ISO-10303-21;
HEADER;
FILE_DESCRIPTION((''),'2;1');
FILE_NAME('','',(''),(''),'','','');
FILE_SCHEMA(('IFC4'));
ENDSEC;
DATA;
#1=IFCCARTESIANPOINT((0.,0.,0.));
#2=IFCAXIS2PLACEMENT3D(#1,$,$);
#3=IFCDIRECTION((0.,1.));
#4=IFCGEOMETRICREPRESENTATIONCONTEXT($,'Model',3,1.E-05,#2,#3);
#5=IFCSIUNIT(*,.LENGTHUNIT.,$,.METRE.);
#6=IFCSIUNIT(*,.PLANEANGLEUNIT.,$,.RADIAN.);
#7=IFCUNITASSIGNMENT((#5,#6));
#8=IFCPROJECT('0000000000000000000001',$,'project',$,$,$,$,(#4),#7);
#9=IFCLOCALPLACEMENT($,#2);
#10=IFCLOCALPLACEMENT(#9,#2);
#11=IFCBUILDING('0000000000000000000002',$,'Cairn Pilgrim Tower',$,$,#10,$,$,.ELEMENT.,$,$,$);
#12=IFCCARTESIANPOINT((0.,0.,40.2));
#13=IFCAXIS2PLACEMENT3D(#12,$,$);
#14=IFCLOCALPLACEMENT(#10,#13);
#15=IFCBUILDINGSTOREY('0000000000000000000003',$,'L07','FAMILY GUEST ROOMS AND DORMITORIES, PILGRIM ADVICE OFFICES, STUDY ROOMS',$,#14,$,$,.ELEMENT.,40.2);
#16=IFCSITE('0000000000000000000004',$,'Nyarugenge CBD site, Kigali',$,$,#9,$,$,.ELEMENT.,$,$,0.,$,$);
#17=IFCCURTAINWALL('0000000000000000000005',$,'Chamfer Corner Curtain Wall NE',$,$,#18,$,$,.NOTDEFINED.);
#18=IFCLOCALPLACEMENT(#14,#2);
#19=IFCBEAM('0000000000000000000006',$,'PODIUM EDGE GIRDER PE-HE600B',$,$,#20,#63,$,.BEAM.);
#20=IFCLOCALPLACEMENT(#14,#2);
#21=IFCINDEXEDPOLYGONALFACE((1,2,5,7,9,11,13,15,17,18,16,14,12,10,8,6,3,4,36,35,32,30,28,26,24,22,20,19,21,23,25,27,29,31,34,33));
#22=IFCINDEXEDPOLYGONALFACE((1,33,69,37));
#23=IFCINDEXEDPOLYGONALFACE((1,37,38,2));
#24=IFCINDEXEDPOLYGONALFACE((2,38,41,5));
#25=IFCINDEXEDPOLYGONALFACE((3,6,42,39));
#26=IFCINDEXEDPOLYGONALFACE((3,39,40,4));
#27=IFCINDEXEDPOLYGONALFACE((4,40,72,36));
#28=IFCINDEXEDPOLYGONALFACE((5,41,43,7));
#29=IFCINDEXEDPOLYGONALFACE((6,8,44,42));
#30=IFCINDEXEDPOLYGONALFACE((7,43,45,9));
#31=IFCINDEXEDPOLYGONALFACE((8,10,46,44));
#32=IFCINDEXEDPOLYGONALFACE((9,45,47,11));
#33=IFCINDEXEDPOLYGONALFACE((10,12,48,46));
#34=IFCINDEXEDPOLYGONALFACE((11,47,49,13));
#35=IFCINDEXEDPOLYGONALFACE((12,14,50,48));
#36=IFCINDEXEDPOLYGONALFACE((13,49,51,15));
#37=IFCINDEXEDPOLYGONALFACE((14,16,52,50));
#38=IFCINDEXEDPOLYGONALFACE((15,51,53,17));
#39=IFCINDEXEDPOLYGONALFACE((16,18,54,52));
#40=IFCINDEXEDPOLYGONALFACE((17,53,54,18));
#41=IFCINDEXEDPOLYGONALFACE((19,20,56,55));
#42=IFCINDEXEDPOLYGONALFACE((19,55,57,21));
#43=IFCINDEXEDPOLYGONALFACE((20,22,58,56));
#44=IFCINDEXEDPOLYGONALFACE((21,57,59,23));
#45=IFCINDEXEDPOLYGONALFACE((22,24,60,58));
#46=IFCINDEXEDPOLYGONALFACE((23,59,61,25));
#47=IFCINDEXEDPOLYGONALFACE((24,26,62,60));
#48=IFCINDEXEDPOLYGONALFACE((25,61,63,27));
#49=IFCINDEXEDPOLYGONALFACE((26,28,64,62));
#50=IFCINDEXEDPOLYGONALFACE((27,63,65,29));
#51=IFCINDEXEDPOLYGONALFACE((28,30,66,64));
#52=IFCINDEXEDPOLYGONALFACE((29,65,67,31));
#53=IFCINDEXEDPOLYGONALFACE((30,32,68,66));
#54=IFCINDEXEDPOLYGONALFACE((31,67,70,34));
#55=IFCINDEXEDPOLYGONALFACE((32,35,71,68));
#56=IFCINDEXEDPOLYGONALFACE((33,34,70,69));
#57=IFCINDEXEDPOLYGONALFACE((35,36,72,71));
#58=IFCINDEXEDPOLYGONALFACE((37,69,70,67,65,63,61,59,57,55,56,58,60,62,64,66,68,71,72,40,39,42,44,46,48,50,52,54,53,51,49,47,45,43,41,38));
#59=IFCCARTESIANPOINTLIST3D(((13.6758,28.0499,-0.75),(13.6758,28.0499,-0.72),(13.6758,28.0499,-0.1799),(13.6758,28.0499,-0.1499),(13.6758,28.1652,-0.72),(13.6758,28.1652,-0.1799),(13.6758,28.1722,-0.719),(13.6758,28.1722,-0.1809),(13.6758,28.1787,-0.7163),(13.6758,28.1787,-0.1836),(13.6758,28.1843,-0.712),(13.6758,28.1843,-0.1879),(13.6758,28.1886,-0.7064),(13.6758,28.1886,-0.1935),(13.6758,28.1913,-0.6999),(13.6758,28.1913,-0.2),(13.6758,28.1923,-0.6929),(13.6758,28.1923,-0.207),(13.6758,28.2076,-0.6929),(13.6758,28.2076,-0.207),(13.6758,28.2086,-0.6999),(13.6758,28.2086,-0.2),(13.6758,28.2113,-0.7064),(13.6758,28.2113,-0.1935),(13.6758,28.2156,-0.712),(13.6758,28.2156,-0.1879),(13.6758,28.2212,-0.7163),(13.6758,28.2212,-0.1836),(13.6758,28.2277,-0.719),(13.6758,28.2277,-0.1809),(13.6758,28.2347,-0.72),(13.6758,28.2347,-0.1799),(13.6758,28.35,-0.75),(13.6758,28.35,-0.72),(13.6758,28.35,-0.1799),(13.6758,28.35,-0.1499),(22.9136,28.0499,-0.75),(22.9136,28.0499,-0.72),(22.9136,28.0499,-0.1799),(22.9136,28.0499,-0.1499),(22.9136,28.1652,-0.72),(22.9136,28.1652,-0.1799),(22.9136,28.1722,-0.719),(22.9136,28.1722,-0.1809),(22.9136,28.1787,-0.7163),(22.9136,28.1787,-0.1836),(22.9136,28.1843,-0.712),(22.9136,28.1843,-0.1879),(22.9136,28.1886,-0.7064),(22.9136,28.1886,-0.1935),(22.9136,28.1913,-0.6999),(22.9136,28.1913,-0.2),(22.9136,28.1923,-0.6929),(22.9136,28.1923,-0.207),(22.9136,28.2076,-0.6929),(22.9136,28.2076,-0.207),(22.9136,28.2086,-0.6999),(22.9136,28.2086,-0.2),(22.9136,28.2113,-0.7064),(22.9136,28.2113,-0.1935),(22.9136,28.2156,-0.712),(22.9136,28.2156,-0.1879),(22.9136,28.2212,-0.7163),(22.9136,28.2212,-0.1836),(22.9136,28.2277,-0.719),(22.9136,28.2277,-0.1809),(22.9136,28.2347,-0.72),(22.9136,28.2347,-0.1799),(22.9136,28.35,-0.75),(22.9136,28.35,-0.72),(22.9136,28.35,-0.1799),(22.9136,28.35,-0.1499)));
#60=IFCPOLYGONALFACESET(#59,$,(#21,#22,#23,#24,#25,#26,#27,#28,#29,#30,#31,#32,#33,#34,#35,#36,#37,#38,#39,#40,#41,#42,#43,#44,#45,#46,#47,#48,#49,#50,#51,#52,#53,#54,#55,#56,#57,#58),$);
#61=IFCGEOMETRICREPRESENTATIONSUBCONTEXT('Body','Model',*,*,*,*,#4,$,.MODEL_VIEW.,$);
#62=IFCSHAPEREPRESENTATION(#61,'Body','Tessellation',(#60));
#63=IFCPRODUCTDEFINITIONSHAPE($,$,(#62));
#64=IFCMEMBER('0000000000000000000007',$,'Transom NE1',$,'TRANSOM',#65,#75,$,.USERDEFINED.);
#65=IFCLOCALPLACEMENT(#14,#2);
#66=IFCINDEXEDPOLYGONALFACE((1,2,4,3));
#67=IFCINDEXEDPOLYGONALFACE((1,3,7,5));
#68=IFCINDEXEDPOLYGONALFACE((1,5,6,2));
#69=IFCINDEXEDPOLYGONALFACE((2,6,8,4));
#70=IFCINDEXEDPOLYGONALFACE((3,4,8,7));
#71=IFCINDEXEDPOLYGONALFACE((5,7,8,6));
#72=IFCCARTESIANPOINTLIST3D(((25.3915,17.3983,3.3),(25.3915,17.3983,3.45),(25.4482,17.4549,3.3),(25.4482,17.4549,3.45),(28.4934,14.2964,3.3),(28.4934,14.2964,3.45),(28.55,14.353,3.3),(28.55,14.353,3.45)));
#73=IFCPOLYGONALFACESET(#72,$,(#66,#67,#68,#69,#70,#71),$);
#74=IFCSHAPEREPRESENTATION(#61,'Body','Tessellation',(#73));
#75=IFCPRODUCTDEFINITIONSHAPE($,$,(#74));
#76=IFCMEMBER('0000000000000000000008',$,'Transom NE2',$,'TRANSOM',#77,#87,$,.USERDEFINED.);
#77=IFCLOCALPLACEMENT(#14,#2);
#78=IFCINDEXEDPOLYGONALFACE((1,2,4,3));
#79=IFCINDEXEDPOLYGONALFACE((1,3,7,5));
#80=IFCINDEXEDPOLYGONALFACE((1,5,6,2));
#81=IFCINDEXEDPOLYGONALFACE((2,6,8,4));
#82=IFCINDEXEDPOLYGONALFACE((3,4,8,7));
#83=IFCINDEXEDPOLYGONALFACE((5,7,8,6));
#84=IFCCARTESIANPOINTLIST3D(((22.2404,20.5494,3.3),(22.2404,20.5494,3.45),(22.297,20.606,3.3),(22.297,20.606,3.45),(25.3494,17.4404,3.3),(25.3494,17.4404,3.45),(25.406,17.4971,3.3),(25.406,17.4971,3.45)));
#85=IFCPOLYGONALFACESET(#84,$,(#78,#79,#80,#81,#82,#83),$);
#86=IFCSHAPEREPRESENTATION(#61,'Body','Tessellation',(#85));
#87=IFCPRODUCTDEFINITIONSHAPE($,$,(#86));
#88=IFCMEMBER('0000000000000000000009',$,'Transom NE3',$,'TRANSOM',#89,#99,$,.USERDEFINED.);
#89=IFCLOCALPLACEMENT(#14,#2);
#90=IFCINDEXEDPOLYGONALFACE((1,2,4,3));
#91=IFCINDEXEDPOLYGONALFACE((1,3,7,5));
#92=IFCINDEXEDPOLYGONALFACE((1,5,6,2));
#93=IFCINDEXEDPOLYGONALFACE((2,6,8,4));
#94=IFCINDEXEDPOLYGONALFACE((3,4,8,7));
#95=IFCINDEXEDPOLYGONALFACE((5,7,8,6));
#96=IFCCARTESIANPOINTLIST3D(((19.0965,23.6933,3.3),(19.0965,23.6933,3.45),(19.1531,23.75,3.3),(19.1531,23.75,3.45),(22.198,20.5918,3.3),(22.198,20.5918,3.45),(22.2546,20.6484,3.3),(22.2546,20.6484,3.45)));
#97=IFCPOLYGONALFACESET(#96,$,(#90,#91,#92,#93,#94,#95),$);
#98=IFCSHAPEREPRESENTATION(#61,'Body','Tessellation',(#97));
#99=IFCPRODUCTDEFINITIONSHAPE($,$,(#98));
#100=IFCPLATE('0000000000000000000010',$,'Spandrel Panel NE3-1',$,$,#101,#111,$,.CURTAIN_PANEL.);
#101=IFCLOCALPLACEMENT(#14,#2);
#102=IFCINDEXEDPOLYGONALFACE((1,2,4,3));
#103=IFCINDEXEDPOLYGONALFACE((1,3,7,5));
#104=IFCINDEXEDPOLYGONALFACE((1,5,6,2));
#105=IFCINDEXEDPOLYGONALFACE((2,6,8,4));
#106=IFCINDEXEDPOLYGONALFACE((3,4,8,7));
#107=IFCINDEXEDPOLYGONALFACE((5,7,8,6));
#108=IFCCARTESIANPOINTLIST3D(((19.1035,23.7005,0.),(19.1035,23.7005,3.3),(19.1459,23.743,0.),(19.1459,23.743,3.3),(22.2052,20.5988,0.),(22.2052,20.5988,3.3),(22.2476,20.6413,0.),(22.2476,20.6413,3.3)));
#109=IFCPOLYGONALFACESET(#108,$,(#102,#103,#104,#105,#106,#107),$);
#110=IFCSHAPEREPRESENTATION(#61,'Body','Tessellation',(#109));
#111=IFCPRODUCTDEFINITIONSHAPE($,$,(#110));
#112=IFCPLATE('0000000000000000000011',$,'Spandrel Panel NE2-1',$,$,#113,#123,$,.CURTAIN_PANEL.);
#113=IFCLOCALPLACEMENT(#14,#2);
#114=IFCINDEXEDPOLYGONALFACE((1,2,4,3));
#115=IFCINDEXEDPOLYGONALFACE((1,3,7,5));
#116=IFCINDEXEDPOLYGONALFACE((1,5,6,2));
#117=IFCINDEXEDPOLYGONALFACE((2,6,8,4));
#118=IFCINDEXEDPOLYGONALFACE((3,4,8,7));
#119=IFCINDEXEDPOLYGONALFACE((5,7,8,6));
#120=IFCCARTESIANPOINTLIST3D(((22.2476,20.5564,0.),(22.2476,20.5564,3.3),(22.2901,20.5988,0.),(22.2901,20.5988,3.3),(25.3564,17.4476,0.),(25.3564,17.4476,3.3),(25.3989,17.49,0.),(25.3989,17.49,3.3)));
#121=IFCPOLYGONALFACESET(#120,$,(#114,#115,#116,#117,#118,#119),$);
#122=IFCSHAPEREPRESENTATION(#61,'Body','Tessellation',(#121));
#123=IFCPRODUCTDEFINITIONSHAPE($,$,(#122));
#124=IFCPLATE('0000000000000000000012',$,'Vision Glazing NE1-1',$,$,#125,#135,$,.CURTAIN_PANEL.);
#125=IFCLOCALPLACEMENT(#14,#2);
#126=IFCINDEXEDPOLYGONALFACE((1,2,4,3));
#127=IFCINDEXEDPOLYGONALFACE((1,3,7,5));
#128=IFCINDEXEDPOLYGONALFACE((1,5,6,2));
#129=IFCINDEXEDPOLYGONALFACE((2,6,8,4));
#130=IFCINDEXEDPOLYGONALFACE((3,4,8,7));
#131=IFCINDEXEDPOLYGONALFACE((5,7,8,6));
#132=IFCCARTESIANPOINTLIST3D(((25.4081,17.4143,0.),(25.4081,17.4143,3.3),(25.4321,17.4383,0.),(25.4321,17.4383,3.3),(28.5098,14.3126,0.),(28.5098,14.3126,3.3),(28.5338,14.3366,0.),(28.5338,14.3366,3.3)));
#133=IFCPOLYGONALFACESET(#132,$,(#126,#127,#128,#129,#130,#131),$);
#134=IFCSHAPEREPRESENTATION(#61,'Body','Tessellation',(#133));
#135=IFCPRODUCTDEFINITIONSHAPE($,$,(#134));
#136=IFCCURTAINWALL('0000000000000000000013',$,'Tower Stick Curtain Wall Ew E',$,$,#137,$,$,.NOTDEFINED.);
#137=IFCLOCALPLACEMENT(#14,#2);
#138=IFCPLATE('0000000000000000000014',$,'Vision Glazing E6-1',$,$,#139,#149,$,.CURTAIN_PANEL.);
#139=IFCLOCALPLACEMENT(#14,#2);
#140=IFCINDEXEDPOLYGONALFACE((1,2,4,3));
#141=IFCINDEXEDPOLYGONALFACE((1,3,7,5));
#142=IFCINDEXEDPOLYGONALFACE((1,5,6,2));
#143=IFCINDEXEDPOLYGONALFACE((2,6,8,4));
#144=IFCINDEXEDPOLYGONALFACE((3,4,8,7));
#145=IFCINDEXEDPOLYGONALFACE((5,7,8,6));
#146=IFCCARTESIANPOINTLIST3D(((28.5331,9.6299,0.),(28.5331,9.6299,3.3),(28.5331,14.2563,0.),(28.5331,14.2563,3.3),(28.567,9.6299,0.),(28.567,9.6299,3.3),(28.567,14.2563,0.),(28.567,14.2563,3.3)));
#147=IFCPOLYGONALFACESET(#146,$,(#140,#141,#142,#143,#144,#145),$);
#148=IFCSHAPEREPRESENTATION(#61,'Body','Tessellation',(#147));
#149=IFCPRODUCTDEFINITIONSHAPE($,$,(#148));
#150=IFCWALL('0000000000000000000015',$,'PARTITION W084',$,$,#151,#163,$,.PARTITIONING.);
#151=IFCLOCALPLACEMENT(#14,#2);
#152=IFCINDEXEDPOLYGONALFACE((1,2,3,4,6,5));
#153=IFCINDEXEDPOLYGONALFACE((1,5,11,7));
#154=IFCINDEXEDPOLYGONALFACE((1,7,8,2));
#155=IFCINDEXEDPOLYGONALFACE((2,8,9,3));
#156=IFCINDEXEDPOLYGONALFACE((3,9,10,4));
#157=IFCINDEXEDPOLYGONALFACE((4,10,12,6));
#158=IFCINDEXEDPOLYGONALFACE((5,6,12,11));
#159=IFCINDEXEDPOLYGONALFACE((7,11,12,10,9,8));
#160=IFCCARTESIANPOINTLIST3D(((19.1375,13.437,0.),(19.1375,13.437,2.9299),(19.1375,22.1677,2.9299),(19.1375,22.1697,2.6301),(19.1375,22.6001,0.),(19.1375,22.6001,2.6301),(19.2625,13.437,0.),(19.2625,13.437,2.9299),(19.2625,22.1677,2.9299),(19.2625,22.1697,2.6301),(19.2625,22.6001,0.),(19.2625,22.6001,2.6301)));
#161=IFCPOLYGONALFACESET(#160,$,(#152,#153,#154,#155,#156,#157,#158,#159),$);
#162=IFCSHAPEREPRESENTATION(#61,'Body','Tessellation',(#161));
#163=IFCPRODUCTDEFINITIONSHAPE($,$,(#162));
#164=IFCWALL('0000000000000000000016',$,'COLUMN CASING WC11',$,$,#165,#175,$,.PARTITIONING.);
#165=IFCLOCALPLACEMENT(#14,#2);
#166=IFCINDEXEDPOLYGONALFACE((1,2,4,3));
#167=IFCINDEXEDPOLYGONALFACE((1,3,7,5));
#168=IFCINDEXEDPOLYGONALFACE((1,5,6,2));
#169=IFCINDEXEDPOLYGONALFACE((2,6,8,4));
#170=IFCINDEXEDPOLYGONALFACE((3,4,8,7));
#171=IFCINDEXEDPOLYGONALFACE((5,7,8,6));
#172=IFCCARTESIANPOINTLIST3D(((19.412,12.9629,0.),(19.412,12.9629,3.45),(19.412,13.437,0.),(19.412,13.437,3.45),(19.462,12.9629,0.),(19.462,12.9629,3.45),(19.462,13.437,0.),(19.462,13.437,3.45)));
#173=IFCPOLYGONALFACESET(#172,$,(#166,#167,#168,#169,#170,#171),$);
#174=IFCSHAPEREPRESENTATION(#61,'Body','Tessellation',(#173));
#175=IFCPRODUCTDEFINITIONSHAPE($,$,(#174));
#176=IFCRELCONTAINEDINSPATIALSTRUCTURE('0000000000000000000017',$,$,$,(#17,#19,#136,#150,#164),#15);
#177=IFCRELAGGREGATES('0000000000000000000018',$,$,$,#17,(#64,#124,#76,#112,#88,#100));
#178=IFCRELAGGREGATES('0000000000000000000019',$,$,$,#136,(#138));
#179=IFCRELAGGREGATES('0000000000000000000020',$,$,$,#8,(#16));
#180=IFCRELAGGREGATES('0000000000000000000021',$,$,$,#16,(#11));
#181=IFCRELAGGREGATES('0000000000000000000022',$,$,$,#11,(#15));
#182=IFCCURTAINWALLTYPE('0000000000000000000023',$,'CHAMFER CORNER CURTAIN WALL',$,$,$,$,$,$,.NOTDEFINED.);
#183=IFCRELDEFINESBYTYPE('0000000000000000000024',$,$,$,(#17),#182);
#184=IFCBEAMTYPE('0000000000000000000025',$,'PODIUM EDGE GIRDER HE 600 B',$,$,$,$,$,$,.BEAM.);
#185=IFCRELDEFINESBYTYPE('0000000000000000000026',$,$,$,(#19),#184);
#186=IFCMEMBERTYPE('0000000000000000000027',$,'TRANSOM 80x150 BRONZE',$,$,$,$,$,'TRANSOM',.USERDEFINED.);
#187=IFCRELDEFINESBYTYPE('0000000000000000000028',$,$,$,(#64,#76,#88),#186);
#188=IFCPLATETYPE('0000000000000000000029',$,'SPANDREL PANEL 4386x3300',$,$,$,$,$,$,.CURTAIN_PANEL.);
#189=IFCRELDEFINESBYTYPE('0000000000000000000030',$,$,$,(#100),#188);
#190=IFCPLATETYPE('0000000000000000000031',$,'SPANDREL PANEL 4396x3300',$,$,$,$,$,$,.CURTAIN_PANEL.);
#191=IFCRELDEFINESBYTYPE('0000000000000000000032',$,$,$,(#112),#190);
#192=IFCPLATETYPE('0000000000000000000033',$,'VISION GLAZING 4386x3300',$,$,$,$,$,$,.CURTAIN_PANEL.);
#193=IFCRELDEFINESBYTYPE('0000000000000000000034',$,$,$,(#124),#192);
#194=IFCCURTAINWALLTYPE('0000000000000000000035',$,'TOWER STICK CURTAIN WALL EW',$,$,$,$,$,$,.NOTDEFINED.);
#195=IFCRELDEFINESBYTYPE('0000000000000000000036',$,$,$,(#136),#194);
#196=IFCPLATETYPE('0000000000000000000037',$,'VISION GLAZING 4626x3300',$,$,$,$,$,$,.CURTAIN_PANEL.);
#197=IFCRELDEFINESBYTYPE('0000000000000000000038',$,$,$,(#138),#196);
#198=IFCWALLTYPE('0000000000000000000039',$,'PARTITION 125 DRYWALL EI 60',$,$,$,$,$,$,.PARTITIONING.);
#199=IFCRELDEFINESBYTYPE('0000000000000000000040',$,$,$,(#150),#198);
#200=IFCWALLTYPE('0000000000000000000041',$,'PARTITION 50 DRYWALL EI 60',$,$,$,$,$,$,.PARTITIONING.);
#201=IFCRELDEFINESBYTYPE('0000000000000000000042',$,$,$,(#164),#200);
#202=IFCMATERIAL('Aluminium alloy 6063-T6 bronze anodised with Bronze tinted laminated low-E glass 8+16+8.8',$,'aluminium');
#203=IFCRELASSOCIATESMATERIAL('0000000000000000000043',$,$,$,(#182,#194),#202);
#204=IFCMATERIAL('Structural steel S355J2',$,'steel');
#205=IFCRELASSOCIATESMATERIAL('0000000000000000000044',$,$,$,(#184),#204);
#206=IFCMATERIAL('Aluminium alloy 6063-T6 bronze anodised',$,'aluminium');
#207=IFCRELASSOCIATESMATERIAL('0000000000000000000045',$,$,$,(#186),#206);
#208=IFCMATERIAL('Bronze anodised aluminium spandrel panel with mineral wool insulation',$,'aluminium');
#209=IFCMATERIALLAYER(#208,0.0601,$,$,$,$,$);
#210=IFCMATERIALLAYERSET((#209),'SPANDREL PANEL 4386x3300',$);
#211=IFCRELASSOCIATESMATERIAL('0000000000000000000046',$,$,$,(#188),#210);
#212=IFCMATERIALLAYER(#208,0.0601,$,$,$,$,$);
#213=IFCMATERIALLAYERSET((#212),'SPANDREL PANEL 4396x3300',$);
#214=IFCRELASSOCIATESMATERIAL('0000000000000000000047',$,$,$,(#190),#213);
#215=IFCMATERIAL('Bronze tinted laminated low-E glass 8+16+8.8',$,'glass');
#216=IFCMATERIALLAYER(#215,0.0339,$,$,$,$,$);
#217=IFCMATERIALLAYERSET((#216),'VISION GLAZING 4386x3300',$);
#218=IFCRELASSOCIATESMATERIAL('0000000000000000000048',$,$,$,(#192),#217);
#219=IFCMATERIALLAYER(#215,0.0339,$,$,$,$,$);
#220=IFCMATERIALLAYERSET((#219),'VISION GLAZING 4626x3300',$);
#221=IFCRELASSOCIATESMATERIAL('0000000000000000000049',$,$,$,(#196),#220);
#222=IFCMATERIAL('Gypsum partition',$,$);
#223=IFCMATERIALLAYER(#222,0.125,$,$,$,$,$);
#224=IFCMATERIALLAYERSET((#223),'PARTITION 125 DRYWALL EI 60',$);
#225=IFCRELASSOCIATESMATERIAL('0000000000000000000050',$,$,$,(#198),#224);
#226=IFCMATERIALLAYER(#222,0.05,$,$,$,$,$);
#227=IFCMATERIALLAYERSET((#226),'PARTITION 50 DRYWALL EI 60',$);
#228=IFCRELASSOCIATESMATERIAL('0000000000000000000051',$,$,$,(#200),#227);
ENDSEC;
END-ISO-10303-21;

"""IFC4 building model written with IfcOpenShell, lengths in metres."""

from ifc_helpers import new_model, si_unit, direction, frame, frame_2d, origin, origin_2d, place, context, subcontext, project, spatial, polyline, rectangle, i_section, outline, extrude, material, layer, layer_set, material_profile, profile_set, type_object, element, aggregate, save


model = new_model("IFC4")

# Units and contexts
model_context = context("Model", 3, precision=1e-05, world=origin(), true_north=direction((0.0, 1.0)))
body_context = subcontext(model_context, "Body", "Model", "MODEL_VIEW")
ifc_project = project(units=[si_unit("LENGTHUNIT", "METRE"), si_unit("PLANEANGLEUNIT", "RADIAN")], contexts=[model_context])

# Site, building, storey
site_placement = place(None, origin())
site = spatial("IfcSite", under=ifc_project, at=site_placement, Name="Nyarugenge CBD site, Kigali", CompositionType="ELEMENT", RefElevation=0.0)
building_placement = place(site_placement, origin())
building = spatial("IfcBuilding", under=site, at=building_placement, Name="Cairn Pilgrim Tower", CompositionType="ELEMENT")
storey_placement = place(building_placement, frame((0.0, 0.0, 40.2)))
storey = spatial("IfcBuildingStorey", under=building, at=storey_placement, Name="L07", Description="FAMILY GUEST ROOMS AND DORMITORIES, PILGRIM ADVICE OFFICES, STUDY ROOMS", CompositionType="ELEMENT", Elevation=40.2)

# Curtain wall
ifc_material_1 = material(Name="Aluminium alloy 6063-T6 bronze anodised with Bronze tinted laminated low-E glass 8+16+8.8", Category="aluminium")
curtain_wall_type_1 = type_object("IfcCurtainWallType", Name="CHAMFER CORNER CURTAIN WALL", PredefinedType="NOTDEFINED", material=ifc_material_1)
curtain_wall_1_placement = place(storey_placement, origin())
curtain_wall_1 = element("IfcCurtainWall", 1, at=curtain_wall_1_placement, inside=storey, type_object=curtain_wall_type_1, Name="Chamfer Corner Curtain Wall NE", PredefinedType="NOTDEFINED")
ifc_material_2 = material(Name="Aluminium alloy 6063-T6 bronze anodised", Category="aluminium")

# Beam
ifc_material_3 = material(Name="Structural steel S355J2", Category="steel")
ifc_material_profile_1 = material_profile(ifc_material_3, i_section(OverallWidth=0.3, OverallDepth=0.6001, WebThickness=0.0154, FlangeThickness=0.03, FilletRadius=0.0271, at=origin_2d()), Name="HEB 600")
ifc_profile_set_1 = profile_set([ifc_material_profile_1], Name="Structural steel S355J2")
beam_type_1 = type_object("IfcBeamType", Name="PODIUM EDGE GIRDER HE 600 B", PredefinedType="BEAM", material=ifc_profile_set_1)
beam_1_placement = place(storey_placement, frame((22.9136, 28.2, -0.45), z_axis=(-1.0, 0.0, 0.0), x_axis=(0.0, -1.0, 0.0)))
element("IfcBeam", 2, at=beam_1_placement, inside=storey, type_object=beam_type_1, Name="PODIUM EDGE GIRDER PE-HE600B", PredefinedType="BEAM", context=body_context, shape_type="SweptSolid", body=[
    extrude(i_section(OverallWidth=0.3, OverallDepth=0.6001, WebThickness=0.0154, FlangeThickness=0.03, FilletRadius=0.0271, at=origin_2d()), origin(), (0.0, 0.0, 1.0), 9.2378),
])

# Members
ifc_material_profile_2 = material_profile(ifc_material_2, rectangle(XDim=0.0801, YDim=0.1499, at=origin_2d()), Name="TRANSOM 80x150 BRONZE")
ifc_profile_set_2 = profile_set([ifc_material_profile_2], Name="Aluminium alloy 6063-T6 bronze anodised")
member_type_1 = type_object("IfcMemberType", Name="TRANSOM 80x150 BRONZE", ElementType="TRANSOM", PredefinedType="USERDEFINED", material=ifc_profile_set_2)
member_1_placement = place(storey_placement, frame((28.5217, 14.3247, 3.375), z_axis=(-0.707107, 0.707107, 0.0), x_axis=(-0.707107, -0.707107, 0.0)))
member_1 = element("IfcMember", 3, at=member_1_placement, type_object=member_type_1, Name="Transom NE1", ObjectType="TRANSOM", PredefinedType="USERDEFINED", context=body_context, shape_type="SweptSolid", body=[
    extrude(rectangle(XDim=0.0801, YDim=0.1499, at=origin_2d()), origin(), (0.0, 0.0, 1.0), 4.3867),
])
member_2_placement = place(storey_placement, frame((25.3777, 17.4688, 3.375), z_axis=(-0.707107, 0.707107, 0.0), x_axis=(-0.707107, -0.707107, 0.0)))
member_2 = element("IfcMember", 4, at=member_2_placement, type_object=member_type_1, Name="Transom NE2", ObjectType="TRANSOM", PredefinedType="USERDEFINED", context=body_context, shape_type="SweptSolid", body=[
    extrude(rectangle(XDim=0.0801, YDim=0.1499, at=origin_2d()), origin(), (0.0, 0.0, 1.0), 4.3967),
])
member_3_placement = place(storey_placement, frame((22.2263, 20.6201, 3.375), z_axis=(-0.707107, 0.707107, 0.0), x_axis=(-0.707107, -0.707107, 0.0)))
member_3 = element("IfcMember", 5, at=member_3_placement, type_object=member_type_1, Name="Transom NE3", ObjectType="TRANSOM", PredefinedType="USERDEFINED", context=body_context, shape_type="SweptSolid", body=[
    extrude(rectangle(XDim=0.0801, YDim=0.1499, at=origin_2d()), origin(), (0.0, 0.0, 1.0), 4.3862),
])

# Plates
ifc_material_4 = material(Name="Bronze anodised aluminium spandrel panel with mineral wool insulation", Category="aluminium")
ifc_layer_1 = layer(ifc_material_4, 0.0601)
ifc_layer_set_1 = layer_set([ifc_layer_1], Name="SPANDREL PANEL 4386x3300")
plate_type_1 = type_object("IfcPlateType", Name="SPANDREL PANEL 4386x3300", PredefinedType="CURTAIN_PANEL", material=ifc_layer_set_1)
plate_1_placement = place(storey_placement, frame((20.6755, 22.1709, 0.0), z_axis=(0.0, 0.0, 1.0), x_axis=(-0.707107, 0.707107, 0.0)))
plate_1 = element("IfcPlate", 6, at=plate_1_placement, type_object=plate_type_1, Name="Spandrel Panel NE3-1", PredefinedType="CURTAIN_PANEL", context=body_context, shape_type="SweptSolid", body=[
    extrude(rectangle(XDim=4.3865, YDim=0.0601, at=origin_2d()), origin(), (0.0, 0.0, 1.0), 3.3),
])
ifc_layer_2 = layer(ifc_material_4, 0.0601)
ifc_layer_set_2 = layer_set([ifc_layer_2], Name="SPANDREL PANEL 4396x3300")
plate_type_2 = type_object("IfcPlateType", Name="SPANDREL PANEL 4396x3300", PredefinedType="CURTAIN_PANEL", material=ifc_layer_set_2)
plate_2_placement = place(storey_placement, frame((23.8232, 19.0232, 0.0), z_axis=(0.0, 0.0, 1.0), x_axis=(-0.707107, 0.707107, 0.0)))
plate_2 = element("IfcPlate", 7, at=plate_2_placement, type_object=plate_type_2, Name="Spandrel Panel NE2-1", PredefinedType="CURTAIN_PANEL", context=body_context, shape_type="SweptSolid", body=[
    extrude(rectangle(XDim=4.3965, YDim=0.0601, at=origin_2d()), origin(), (0.0, 0.0, 1.0), 3.3),
])
ifc_material_5 = material(Name="Bronze tinted laminated low-E glass 8+16+8.8", Category="glass")
ifc_layer_3 = layer(ifc_material_5, 0.0339)
ifc_layer_set_3 = layer_set([ifc_layer_3], Name="VISION GLAZING 4386x3300")
plate_type_3 = type_object("IfcPlateType", Name="VISION GLAZING 4386x3300", PredefinedType="CURTAIN_PANEL", material=ifc_layer_set_3)
plate_3_placement = place(storey_placement, frame((26.9709, 15.8755, 0.0), z_axis=(0.0, 0.0, 1.0), x_axis=(-0.707107, 0.707107, 0.0)))
plate_3 = element("IfcPlate", 8, at=plate_3_placement, type_object=plate_type_3, Name="Vision Glazing NE1-1", PredefinedType="CURTAIN_PANEL", context=body_context, shape_type="SweptSolid", body=[
    extrude(rectangle(XDim=4.3865, YDim=0.0339, at=origin_2d()), origin(), (0.0, 0.0, 1.0), 3.3),
])
aggregate(curtain_wall_1, [member_1, plate_3, member_2, plate_2, member_3, plate_1])

# Curtain wall, plate
curtain_wall_type_2 = type_object("IfcCurtainWallType", Name="TOWER STICK CURTAIN WALL EW", PredefinedType="NOTDEFINED", material=ifc_material_1)
curtain_wall_2_placement = place(storey_placement, origin())
curtain_wall_2 = element("IfcCurtainWall", 9, at=curtain_wall_2_placement, inside=storey, type_object=curtain_wall_type_2, Name="Tower Stick Curtain Wall Ew E", PredefinedType="NOTDEFINED")
ifc_layer_4 = layer(ifc_material_5, 0.0339)
ifc_layer_set_4 = layer_set([ifc_layer_4], Name="VISION GLAZING 4626x3300")
plate_type_4 = type_object("IfcPlateType", Name="VISION GLAZING 4626x3300", PredefinedType="CURTAIN_PANEL", material=ifc_layer_set_4)
plate_4_placement = place(storey_placement, frame((28.55, 11.9431, 0.0), z_axis=(0.0, 0.0, 1.0), x_axis=(0.0, 1.0, 0.0)))
plate_4 = element("IfcPlate", 10, at=plate_4_placement, type_object=plate_type_4, Name="Vision Glazing E6-1", PredefinedType="CURTAIN_PANEL", context=body_context, shape_type="SweptSolid", body=[
    extrude(rectangle(XDim=4.6265, YDim=0.0339, at=origin_2d()), origin(), (0.0, 0.0, 1.0), 3.3),
])
aggregate(curtain_wall_2, [plate_4])

# Walls
ifc_material_6 = material(Name="Gypsum partition")
ifc_layer_5 = layer(ifc_material_6, 0.125)
ifc_layer_set_5 = layer_set([ifc_layer_5], Name="PARTITION 125 DRYWALL EI 60")
wall_type_1 = type_object("IfcWallType", Name="PARTITION 125 DRYWALL EI 60", PredefinedType="PARTITIONING", material=ifc_layer_set_5)
wall_1_placement = place(storey_placement, frame((19.2, 13.437, 0.0), z_axis=(0.0, 0.0, 1.0), x_axis=(0.0, 1.0, 0.0)))
element("IfcWall", 11, at=wall_1_placement, inside=storey, type_object=wall_type_1, Name="PARTITION W084", PredefinedType="PARTITIONING", context=body_context, shape_type="SweptSolid", body=[
    extrude(outline(polyline([(0.0, 0.0), (9.1631, 0.0), (9.1631, 2.6301), (8.7327, 2.6301), (8.7307, 2.9299), (0.0, 2.9299), (0.0, 0.0)])), frame((0.0, 0.0625, 0.0), z_axis=(0.0, -1.0, 0.0), x_axis=(1.0, 0.0, 0.0)), (0.0, 0.0, 1.0), 0.125),
])
ifc_layer_6 = layer(ifc_material_6, 0.05)
ifc_layer_set_6 = layer_set([ifc_layer_6], Name="PARTITION 50 DRYWALL EI 60")
wall_type_2 = type_object("IfcWallType", Name="PARTITION 50 DRYWALL EI 60", PredefinedType="PARTITIONING", material=ifc_layer_set_6)
wall_2_placement = place(storey_placement, frame((19.437, 12.9629, 0.0), z_axis=(0.0, 0.0, 1.0), x_axis=(0.0, 1.0, 0.0)))
element("IfcWall", 12, at=wall_2_placement, inside=storey, type_object=wall_type_2, Name="COLUMN CASING WC11", PredefinedType="PARTITIONING", context=body_context, shape_type="SweptSolid", body=[
    extrude(rectangle(XDim=0.4741, YDim=0.05, at=frame_2d((0.2371, 0.0))), origin(), (0.0, 0.0, 1.0), 3.45),
])

save(model, "model.ifc")
